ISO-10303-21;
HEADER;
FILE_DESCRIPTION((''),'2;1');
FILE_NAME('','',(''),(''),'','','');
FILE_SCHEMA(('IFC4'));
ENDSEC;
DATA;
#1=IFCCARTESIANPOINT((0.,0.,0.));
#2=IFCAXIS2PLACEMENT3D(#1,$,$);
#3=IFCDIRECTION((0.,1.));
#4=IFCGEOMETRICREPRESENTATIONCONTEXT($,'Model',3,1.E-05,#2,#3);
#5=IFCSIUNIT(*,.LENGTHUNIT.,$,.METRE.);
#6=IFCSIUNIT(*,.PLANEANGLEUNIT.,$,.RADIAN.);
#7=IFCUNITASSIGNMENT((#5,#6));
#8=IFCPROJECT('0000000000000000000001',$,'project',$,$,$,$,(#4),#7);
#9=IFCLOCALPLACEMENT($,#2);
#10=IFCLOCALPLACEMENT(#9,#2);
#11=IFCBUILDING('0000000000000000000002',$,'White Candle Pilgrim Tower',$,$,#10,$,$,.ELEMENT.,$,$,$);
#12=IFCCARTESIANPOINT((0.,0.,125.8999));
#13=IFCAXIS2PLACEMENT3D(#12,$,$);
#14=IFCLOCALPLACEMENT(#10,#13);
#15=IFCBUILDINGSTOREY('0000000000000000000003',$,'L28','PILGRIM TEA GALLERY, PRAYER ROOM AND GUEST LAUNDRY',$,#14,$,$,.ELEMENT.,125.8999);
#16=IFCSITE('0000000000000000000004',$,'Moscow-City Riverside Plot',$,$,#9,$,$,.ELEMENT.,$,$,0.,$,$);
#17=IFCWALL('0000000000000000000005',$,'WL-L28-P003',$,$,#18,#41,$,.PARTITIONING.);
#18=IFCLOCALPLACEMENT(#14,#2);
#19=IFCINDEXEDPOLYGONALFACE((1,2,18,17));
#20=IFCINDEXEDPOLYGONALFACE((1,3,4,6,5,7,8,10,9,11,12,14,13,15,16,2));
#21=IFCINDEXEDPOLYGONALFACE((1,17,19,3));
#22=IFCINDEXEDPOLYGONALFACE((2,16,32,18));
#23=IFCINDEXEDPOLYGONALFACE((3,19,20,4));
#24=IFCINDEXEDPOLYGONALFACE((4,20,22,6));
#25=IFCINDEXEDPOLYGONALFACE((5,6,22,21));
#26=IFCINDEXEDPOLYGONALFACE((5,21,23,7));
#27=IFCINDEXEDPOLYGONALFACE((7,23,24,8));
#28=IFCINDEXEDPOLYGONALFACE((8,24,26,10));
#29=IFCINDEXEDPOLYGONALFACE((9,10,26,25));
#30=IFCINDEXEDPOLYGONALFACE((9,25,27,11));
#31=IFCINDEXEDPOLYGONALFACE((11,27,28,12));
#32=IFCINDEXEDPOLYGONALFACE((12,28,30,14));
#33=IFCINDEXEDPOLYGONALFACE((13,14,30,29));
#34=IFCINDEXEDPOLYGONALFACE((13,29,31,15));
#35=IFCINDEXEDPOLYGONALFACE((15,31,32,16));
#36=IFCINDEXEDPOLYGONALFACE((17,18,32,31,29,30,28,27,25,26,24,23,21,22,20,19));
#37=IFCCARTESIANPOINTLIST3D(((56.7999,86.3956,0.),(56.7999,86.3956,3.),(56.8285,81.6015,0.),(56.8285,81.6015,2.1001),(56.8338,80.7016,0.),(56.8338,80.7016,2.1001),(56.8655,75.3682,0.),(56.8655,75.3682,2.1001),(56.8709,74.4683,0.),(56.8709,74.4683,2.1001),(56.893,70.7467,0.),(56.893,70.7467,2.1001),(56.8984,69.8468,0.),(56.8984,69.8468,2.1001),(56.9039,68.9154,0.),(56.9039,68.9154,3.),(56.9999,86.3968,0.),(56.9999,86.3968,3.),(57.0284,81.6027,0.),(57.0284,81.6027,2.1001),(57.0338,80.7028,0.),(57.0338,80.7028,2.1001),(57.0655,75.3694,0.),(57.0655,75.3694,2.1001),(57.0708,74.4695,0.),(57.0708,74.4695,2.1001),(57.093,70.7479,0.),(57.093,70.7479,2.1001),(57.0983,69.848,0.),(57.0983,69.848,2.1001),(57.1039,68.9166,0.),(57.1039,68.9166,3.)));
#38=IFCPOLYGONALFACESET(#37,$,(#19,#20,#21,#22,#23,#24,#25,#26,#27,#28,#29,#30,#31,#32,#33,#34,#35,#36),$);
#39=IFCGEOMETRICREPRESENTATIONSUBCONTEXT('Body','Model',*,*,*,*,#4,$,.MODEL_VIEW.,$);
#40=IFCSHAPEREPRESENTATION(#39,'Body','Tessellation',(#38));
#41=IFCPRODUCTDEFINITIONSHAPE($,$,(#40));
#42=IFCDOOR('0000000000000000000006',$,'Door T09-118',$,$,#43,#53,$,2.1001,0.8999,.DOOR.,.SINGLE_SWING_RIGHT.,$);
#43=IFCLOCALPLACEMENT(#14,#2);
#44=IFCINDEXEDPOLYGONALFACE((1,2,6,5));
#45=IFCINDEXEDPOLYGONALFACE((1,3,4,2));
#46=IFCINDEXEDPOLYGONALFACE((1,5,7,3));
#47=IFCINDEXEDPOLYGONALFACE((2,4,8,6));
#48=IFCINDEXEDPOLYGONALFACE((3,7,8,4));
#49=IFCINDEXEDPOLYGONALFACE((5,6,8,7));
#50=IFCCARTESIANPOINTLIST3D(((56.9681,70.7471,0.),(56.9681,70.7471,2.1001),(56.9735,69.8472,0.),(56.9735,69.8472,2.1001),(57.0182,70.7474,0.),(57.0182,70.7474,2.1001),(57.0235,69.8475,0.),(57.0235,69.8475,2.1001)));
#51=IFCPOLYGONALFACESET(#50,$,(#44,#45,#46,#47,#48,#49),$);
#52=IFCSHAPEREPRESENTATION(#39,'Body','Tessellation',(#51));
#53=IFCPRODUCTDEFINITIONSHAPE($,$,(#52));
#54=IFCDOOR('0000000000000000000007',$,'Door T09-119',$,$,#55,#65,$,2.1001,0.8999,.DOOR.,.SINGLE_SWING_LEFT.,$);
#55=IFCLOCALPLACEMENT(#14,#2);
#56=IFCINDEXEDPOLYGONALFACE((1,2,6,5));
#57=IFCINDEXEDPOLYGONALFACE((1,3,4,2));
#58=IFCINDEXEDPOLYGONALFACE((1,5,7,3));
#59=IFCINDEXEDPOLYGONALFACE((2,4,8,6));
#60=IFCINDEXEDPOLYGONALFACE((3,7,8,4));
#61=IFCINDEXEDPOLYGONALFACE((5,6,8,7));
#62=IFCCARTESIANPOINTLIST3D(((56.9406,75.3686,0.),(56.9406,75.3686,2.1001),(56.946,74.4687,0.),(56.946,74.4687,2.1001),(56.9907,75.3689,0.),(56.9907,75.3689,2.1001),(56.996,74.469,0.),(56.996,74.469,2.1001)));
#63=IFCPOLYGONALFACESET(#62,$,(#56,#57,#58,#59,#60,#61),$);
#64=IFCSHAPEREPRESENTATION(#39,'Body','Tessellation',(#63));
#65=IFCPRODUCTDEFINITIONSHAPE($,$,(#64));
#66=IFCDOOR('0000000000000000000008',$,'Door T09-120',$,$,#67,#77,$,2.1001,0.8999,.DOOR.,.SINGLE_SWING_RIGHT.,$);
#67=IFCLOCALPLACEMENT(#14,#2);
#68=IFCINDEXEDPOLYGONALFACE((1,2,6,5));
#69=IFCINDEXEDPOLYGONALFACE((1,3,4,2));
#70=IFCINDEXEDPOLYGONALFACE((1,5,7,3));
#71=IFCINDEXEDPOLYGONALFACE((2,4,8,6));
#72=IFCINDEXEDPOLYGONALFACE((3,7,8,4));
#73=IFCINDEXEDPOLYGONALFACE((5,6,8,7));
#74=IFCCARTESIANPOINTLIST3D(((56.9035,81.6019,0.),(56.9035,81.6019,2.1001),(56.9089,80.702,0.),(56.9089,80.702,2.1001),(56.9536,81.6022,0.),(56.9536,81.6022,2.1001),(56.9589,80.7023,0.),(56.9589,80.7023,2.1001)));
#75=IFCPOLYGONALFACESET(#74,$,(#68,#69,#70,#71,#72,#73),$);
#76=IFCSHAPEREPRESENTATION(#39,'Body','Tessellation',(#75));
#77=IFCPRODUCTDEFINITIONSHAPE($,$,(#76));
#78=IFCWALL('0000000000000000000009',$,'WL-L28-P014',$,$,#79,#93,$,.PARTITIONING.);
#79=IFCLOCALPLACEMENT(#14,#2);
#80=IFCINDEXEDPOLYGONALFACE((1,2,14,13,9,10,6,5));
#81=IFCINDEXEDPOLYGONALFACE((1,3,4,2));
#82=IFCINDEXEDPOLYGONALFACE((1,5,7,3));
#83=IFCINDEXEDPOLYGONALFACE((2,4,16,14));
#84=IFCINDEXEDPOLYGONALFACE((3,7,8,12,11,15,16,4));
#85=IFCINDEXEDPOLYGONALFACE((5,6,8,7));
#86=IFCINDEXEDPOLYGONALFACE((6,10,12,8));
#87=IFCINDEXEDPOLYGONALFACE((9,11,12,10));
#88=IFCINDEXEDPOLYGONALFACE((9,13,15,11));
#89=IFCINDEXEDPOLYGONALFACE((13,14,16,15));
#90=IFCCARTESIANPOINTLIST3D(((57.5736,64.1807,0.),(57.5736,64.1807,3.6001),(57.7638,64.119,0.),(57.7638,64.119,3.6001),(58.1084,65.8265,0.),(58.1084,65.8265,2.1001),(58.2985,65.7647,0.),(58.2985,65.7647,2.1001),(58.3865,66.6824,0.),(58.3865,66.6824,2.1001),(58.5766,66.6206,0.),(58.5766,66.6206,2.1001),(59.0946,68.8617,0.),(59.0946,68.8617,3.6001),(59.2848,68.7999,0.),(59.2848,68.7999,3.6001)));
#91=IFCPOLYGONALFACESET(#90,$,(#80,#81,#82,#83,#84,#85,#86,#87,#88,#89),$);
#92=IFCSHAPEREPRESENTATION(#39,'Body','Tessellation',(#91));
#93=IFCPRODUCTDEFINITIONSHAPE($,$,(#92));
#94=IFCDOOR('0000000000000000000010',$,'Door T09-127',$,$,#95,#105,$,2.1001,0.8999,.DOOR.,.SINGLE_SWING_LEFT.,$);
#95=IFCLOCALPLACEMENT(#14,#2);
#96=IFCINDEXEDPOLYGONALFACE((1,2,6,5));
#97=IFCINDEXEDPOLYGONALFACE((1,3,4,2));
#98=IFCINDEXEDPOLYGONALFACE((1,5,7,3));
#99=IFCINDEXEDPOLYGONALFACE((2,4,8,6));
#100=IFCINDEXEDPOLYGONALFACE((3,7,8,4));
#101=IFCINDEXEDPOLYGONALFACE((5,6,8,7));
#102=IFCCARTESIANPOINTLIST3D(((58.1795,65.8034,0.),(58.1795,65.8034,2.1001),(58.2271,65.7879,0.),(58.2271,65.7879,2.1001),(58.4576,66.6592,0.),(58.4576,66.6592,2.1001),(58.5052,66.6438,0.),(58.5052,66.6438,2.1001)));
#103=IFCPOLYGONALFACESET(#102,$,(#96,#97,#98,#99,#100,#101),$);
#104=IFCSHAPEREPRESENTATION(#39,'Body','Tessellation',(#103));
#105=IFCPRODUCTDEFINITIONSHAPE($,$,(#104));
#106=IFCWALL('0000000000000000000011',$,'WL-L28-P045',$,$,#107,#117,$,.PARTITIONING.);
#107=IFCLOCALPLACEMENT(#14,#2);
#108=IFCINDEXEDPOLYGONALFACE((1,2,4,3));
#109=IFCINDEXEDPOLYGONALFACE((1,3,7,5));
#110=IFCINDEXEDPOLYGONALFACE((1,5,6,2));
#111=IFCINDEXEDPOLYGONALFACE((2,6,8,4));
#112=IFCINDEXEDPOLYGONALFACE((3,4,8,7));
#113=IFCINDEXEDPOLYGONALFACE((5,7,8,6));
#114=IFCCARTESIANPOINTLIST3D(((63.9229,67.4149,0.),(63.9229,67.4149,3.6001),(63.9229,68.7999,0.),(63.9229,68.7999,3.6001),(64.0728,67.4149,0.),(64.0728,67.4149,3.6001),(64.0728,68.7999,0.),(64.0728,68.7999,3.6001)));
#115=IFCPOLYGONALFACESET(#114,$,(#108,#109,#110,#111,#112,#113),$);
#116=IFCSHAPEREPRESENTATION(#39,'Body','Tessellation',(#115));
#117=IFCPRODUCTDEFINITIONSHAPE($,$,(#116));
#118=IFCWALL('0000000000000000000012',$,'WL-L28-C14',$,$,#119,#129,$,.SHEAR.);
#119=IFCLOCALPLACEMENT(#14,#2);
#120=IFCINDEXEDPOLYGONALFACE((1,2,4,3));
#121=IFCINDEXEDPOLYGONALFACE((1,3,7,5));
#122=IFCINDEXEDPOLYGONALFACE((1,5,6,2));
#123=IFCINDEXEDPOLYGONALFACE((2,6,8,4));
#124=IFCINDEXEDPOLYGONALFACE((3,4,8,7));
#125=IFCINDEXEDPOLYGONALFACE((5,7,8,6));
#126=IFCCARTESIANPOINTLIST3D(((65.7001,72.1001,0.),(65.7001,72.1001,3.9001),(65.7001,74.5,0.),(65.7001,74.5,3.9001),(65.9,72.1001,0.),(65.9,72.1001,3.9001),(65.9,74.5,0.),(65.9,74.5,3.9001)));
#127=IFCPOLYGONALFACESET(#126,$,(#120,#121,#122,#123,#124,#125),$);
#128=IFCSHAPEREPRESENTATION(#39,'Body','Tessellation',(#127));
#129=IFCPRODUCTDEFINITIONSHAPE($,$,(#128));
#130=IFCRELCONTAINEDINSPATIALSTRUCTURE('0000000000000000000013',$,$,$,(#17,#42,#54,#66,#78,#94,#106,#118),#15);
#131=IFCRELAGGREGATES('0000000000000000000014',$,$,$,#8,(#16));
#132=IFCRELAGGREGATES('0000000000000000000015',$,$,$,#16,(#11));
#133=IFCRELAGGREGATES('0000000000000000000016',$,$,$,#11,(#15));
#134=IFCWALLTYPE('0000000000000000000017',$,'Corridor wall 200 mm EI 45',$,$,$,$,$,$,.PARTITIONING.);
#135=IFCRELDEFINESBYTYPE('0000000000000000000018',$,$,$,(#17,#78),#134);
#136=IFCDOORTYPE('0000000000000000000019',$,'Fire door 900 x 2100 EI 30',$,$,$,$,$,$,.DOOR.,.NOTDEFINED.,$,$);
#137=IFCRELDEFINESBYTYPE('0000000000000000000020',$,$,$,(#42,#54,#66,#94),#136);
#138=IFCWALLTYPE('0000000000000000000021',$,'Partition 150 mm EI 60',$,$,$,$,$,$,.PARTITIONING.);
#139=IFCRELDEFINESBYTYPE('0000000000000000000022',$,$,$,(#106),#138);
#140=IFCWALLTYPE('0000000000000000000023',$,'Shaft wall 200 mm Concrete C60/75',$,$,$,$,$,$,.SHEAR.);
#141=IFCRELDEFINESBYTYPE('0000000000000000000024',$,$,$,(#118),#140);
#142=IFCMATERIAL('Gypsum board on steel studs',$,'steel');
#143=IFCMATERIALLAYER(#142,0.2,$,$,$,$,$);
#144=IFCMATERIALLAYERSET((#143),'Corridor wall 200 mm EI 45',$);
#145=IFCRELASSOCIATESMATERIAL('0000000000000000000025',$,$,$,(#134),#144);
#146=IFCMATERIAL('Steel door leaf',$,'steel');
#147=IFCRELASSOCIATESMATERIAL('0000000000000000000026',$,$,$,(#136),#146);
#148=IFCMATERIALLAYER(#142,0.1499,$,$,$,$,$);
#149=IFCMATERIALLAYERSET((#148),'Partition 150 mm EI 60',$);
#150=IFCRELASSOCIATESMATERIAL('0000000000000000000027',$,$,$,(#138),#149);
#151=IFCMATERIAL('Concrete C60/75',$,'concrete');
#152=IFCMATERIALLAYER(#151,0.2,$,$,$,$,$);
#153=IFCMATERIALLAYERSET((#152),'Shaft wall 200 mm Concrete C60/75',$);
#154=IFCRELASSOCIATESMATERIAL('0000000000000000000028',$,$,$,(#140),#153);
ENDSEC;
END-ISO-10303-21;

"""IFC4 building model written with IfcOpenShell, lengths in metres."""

from ifc_helpers import new_model, si_unit, direction, frame, frame_2d, origin, place, context, subcontext, project, spatial, rectangle, extrude, material, layer, layer_set, type_object, element, fill, save


model = new_model("IFC4")

# Units and contexts
model_context = context("Model", 3, precision=1e-05, world=origin(), true_north=direction((0.0, 1.0)))
body_context = subcontext(model_context, "Body", "Model", "MODEL_VIEW")
ifc_project = project(units=[si_unit("LENGTHUNIT", "METRE"), si_unit("PLANEANGLEUNIT", "RADIAN")], contexts=[model_context])

# Site, building, storey
site_placement = place(None, origin())
site = spatial("IfcSite", under=ifc_project, at=site_placement, Name="Moscow-City Riverside Plot", CompositionType="ELEMENT", RefElevation=0.0)
building_placement = place(site_placement, origin())
building = spatial("IfcBuilding", under=site, at=building_placement, Name="White Candle Pilgrim Tower", CompositionType="ELEMENT")
storey_placement = place(building_placement, frame((0.0, 0.0, 125.8999)))
storey = spatial("IfcBuildingStorey", under=building, at=storey_placement, Name="L28", Description="PILGRIM TEA GALLERY, PRAYER ROOM AND GUEST LAUNDRY", CompositionType="ELEMENT", Elevation=125.8999)

# Wall, openings, doors
ifc_material_1 = material(Name="Gypsum board on steel studs", Category="steel")
ifc_layer_1 = layer(ifc_material_1, 0.2)
ifc_layer_set_1 = layer_set([ifc_layer_1], Name="Corridor wall 200 mm EI 45")
wall_type_1 = type_object("IfcWallType", Name="Corridor wall 200 mm EI 45", PredefinedType="PARTITIONING", material=ifc_layer_set_1)
wall_1_placement = place(storey_placement, frame((57.0039, 68.916, 0.0), z_axis=(0.0, 0.0, 1.0), x_axis=(-0.00595, 0.999982, 0.0)))
wall_1 = element("IfcWall", 1, at=wall_1_placement, inside=storey, type_object=wall_type_1, Name="WL-L28-P003", PredefinedType="PARTITIONING", context=body_context, shape_type="SweptSolid", body=[
    extrude(rectangle(XDim=17.4805, YDim=0.2, at=frame_2d((8.7402, 0.0))), origin(), (0.0, 0.0, 1.0), 3.0),
])
opening_1_placement = place(wall_1_placement, frame((0.9314, 0.0, 0.0)))
opening_1 = element("IfcOpeningElement", 2, at=opening_1_placement, cuts=wall_1, PredefinedType="OPENING", context=body_context, shape_type="SweptSolid", body=[
    extrude(rectangle(XDim=0.8999, YDim=2.1001, at=frame_2d((0.45, 1.05))), frame((0.0, 0.1099, 0.0), z_axis=(0.0, -1.0, 0.0), x_axis=(1.0, 0.0, 0.0)), (0.0, 0.0, 1.0), 0.22),
])
opening_2_placement = place(wall_1_placement, frame((5.553, 0.0, 0.0)))
opening_2 = element("IfcOpeningElement", 3, at=opening_2_placement, cuts=wall_1, PredefinedType="OPENING", context=body_context, shape_type="SweptSolid", body=[
    extrude(rectangle(XDim=0.8999, YDim=2.1001, at=frame_2d((0.45, 1.05))), frame((0.0, 0.1099, 0.0), z_axis=(0.0, -1.0, 0.0), x_axis=(1.0, 0.0, 0.0)), (0.0, 0.0, 1.0), 0.22),
])
opening_3_placement = place(wall_1_placement, frame((11.7864, 0.0, 0.0)))
opening_3 = element("IfcOpeningElement", 4, at=opening_3_placement, cuts=wall_1, PredefinedType="OPENING", context=body_context, shape_type="SweptSolid", body=[
    extrude(rectangle(XDim=0.8999, YDim=2.1001, at=frame_2d((0.45, 1.05))), frame((0.0, 0.1099, 0.0), z_axis=(0.0, -1.0, 0.0), x_axis=(1.0, 0.0, 0.0)), (0.0, 0.0, 1.0), 0.22),
])
ifc_material_2 = material(Name="Steel door leaf", Category="steel")
door_type_1 = type_object("IfcDoorType", Name="Fire door 900 x 2100 EI 30", OperationType="NOTDEFINED", PredefinedType="DOOR", material=ifc_material_2)
door_1_placement = place(opening_1_placement, origin())
door_1 = element("IfcDoor", 5, at=door_1_placement, inside=storey, type_object=door_type_1, Name="Door T09-118", OperationType="SINGLE_SWING_RIGHT", OverallHeight=2.1001, OverallWidth=0.8999, PredefinedType="DOOR", context=body_context, shape_type="SweptSolid", body=[
    extrude(rectangle(XDim=0.8999, YDim=2.1001, at=frame_2d((0.45, 1.05))), frame((0.0, 0.0249, 0.0), z_axis=(0.0, -1.0, 0.0), x_axis=(1.0, 0.0, 0.0)), (0.0, 0.0, 1.0), 0.05),
])
fill(opening_1, door_1)
door_2_placement = place(opening_2_placement, origin())
door_2 = element("IfcDoor", 6, at=door_2_placement, inside=storey, type_object=door_type_1, Name="Door T09-119", OperationType="SINGLE_SWING_LEFT", OverallHeight=2.1001, OverallWidth=0.8999, PredefinedType="DOOR", context=body_context, shape_type="SweptSolid", body=[
    extrude(rectangle(XDim=0.8999, YDim=2.1001, at=frame_2d((0.45, 1.05))), frame((0.0, 0.0249, 0.0), z_axis=(0.0, -1.0, 0.0), x_axis=(1.0, 0.0, 0.0)), (0.0, 0.0, 1.0), 0.05),
])
fill(opening_2, door_2)
door_3_placement = place(opening_3_placement, origin())
door_3 = element("IfcDoor", 7, at=door_3_placement, inside=storey, type_object=door_type_1, Name="Door T09-120", OperationType="SINGLE_SWING_RIGHT", OverallHeight=2.1001, OverallWidth=0.8999, PredefinedType="DOOR", context=body_context, shape_type="SweptSolid", body=[
    extrude(rectangle(XDim=0.8999, YDim=2.1001, at=frame_2d((0.45, 1.05))), frame((0.0, 0.0249, 0.0), z_axis=(0.0, -1.0, 0.0), x_axis=(1.0, 0.0, 0.0)), (0.0, 0.0, 1.0), 0.05),
])
fill(opening_3, door_3)

# Wall, opening, door
wall_2_placement = place(storey_placement, frame((59.1897, 68.8308, 0.0), z_axis=(0.0, 0.0, 1.0), x_axis=(-0.309031, -0.951052, 0.0)))
wall_2 = element("IfcWall", 8, at=wall_2_placement, inside=storey, type_object=wall_type_1, Name="WL-L28-P014", PredefinedType="PARTITIONING", context=body_context, shape_type="SweptSolid", body=[
    extrude(rectangle(XDim=4.9219, YDim=0.2, at=frame_2d((2.4609, 0.0))), origin(), (0.0, 0.0, 1.0), 3.6001),
])
opening_4_placement = place(wall_2_placement, frame((2.2915, 0.0, 0.0)))
opening_4 = element("IfcOpeningElement", 9, at=opening_4_placement, cuts=wall_2, PredefinedType="OPENING", context=body_context, shape_type="SweptSolid", body=[
    extrude(rectangle(XDim=0.8999, YDim=2.1001, at=frame_2d((0.45, 1.05))), frame((0.0, 0.1099, 0.0), z_axis=(0.0, -1.0, 0.0), x_axis=(1.0, 0.0, 0.0)), (0.0, 0.0, 1.0), 0.22),
])
door_4_placement = place(opening_4_placement, origin())
door_4 = element("IfcDoor", 10, at=door_4_placement, inside=storey, type_object=door_type_1, Name="Door T09-127", OperationType="SINGLE_SWING_LEFT", OverallHeight=2.1001, OverallWidth=0.8999, PredefinedType="DOOR", context=body_context, shape_type="SweptSolid", body=[
    extrude(rectangle(XDim=0.8999, YDim=2.1001, at=frame_2d((0.45, 1.05))), frame((0.0, 0.0249, 0.0), z_axis=(0.0, -1.0, 0.0), x_axis=(1.0, 0.0, 0.0)), (0.0, 0.0, 1.0), 0.05),
])
fill(opening_4, door_4)

# Walls
ifc_layer_2 = layer(ifc_material_1, 0.1499)
ifc_layer_set_2 = layer_set([ifc_layer_2], Name="Partition 150 mm EI 60")
wall_type_2 = type_object("IfcWallType", Name="Partition 150 mm EI 60", PredefinedType="PARTITIONING", material=ifc_layer_set_2)
wall_3_placement = place(storey_placement, frame((63.9978, 67.415, 0.0), z_axis=(0.0, 0.0, 1.0), x_axis=(0.0, 1.0, 0.0)))
element("IfcWall", 11, at=wall_3_placement, inside=storey, type_object=wall_type_2, Name="WL-L28-P045", PredefinedType="PARTITIONING", context=body_context, shape_type="SweptSolid", body=[
    extrude(rectangle(XDim=1.385, YDim=0.1499, at=frame_2d((0.6924, 0.0))), origin(), (0.0, 0.0, 1.0), 3.6001),
])
ifc_material_3 = material(Name="Concrete C60/75", Category="concrete")
ifc_layer_3 = layer(ifc_material_3, 0.2)
ifc_layer_set_3 = layer_set([ifc_layer_3], Name="Shaft wall 200 mm Concrete C60/75")
wall_type_3 = type_object("IfcWallType", Name="Shaft wall 200 mm Concrete C60/75", PredefinedType="SHEAR", material=ifc_layer_set_3)
wall_4_placement = place(storey_placement, frame((65.8, 72.1001, 0.0), z_axis=(0.0, 0.0, 1.0), x_axis=(0.0, 1.0, 0.0)))
element("IfcWall", 12, at=wall_4_placement, inside=storey, type_object=wall_type_3, Name="WL-L28-C14", PredefinedType="SHEAR", context=body_context, shape_type="SweptSolid", body=[
    extrude(rectangle(XDim=2.3999, YDim=0.2, at=frame_2d((1.2, 0.0))), origin(), (0.0, 0.0, 1.0), 3.9001),
])

save(model, "model.ifc")
